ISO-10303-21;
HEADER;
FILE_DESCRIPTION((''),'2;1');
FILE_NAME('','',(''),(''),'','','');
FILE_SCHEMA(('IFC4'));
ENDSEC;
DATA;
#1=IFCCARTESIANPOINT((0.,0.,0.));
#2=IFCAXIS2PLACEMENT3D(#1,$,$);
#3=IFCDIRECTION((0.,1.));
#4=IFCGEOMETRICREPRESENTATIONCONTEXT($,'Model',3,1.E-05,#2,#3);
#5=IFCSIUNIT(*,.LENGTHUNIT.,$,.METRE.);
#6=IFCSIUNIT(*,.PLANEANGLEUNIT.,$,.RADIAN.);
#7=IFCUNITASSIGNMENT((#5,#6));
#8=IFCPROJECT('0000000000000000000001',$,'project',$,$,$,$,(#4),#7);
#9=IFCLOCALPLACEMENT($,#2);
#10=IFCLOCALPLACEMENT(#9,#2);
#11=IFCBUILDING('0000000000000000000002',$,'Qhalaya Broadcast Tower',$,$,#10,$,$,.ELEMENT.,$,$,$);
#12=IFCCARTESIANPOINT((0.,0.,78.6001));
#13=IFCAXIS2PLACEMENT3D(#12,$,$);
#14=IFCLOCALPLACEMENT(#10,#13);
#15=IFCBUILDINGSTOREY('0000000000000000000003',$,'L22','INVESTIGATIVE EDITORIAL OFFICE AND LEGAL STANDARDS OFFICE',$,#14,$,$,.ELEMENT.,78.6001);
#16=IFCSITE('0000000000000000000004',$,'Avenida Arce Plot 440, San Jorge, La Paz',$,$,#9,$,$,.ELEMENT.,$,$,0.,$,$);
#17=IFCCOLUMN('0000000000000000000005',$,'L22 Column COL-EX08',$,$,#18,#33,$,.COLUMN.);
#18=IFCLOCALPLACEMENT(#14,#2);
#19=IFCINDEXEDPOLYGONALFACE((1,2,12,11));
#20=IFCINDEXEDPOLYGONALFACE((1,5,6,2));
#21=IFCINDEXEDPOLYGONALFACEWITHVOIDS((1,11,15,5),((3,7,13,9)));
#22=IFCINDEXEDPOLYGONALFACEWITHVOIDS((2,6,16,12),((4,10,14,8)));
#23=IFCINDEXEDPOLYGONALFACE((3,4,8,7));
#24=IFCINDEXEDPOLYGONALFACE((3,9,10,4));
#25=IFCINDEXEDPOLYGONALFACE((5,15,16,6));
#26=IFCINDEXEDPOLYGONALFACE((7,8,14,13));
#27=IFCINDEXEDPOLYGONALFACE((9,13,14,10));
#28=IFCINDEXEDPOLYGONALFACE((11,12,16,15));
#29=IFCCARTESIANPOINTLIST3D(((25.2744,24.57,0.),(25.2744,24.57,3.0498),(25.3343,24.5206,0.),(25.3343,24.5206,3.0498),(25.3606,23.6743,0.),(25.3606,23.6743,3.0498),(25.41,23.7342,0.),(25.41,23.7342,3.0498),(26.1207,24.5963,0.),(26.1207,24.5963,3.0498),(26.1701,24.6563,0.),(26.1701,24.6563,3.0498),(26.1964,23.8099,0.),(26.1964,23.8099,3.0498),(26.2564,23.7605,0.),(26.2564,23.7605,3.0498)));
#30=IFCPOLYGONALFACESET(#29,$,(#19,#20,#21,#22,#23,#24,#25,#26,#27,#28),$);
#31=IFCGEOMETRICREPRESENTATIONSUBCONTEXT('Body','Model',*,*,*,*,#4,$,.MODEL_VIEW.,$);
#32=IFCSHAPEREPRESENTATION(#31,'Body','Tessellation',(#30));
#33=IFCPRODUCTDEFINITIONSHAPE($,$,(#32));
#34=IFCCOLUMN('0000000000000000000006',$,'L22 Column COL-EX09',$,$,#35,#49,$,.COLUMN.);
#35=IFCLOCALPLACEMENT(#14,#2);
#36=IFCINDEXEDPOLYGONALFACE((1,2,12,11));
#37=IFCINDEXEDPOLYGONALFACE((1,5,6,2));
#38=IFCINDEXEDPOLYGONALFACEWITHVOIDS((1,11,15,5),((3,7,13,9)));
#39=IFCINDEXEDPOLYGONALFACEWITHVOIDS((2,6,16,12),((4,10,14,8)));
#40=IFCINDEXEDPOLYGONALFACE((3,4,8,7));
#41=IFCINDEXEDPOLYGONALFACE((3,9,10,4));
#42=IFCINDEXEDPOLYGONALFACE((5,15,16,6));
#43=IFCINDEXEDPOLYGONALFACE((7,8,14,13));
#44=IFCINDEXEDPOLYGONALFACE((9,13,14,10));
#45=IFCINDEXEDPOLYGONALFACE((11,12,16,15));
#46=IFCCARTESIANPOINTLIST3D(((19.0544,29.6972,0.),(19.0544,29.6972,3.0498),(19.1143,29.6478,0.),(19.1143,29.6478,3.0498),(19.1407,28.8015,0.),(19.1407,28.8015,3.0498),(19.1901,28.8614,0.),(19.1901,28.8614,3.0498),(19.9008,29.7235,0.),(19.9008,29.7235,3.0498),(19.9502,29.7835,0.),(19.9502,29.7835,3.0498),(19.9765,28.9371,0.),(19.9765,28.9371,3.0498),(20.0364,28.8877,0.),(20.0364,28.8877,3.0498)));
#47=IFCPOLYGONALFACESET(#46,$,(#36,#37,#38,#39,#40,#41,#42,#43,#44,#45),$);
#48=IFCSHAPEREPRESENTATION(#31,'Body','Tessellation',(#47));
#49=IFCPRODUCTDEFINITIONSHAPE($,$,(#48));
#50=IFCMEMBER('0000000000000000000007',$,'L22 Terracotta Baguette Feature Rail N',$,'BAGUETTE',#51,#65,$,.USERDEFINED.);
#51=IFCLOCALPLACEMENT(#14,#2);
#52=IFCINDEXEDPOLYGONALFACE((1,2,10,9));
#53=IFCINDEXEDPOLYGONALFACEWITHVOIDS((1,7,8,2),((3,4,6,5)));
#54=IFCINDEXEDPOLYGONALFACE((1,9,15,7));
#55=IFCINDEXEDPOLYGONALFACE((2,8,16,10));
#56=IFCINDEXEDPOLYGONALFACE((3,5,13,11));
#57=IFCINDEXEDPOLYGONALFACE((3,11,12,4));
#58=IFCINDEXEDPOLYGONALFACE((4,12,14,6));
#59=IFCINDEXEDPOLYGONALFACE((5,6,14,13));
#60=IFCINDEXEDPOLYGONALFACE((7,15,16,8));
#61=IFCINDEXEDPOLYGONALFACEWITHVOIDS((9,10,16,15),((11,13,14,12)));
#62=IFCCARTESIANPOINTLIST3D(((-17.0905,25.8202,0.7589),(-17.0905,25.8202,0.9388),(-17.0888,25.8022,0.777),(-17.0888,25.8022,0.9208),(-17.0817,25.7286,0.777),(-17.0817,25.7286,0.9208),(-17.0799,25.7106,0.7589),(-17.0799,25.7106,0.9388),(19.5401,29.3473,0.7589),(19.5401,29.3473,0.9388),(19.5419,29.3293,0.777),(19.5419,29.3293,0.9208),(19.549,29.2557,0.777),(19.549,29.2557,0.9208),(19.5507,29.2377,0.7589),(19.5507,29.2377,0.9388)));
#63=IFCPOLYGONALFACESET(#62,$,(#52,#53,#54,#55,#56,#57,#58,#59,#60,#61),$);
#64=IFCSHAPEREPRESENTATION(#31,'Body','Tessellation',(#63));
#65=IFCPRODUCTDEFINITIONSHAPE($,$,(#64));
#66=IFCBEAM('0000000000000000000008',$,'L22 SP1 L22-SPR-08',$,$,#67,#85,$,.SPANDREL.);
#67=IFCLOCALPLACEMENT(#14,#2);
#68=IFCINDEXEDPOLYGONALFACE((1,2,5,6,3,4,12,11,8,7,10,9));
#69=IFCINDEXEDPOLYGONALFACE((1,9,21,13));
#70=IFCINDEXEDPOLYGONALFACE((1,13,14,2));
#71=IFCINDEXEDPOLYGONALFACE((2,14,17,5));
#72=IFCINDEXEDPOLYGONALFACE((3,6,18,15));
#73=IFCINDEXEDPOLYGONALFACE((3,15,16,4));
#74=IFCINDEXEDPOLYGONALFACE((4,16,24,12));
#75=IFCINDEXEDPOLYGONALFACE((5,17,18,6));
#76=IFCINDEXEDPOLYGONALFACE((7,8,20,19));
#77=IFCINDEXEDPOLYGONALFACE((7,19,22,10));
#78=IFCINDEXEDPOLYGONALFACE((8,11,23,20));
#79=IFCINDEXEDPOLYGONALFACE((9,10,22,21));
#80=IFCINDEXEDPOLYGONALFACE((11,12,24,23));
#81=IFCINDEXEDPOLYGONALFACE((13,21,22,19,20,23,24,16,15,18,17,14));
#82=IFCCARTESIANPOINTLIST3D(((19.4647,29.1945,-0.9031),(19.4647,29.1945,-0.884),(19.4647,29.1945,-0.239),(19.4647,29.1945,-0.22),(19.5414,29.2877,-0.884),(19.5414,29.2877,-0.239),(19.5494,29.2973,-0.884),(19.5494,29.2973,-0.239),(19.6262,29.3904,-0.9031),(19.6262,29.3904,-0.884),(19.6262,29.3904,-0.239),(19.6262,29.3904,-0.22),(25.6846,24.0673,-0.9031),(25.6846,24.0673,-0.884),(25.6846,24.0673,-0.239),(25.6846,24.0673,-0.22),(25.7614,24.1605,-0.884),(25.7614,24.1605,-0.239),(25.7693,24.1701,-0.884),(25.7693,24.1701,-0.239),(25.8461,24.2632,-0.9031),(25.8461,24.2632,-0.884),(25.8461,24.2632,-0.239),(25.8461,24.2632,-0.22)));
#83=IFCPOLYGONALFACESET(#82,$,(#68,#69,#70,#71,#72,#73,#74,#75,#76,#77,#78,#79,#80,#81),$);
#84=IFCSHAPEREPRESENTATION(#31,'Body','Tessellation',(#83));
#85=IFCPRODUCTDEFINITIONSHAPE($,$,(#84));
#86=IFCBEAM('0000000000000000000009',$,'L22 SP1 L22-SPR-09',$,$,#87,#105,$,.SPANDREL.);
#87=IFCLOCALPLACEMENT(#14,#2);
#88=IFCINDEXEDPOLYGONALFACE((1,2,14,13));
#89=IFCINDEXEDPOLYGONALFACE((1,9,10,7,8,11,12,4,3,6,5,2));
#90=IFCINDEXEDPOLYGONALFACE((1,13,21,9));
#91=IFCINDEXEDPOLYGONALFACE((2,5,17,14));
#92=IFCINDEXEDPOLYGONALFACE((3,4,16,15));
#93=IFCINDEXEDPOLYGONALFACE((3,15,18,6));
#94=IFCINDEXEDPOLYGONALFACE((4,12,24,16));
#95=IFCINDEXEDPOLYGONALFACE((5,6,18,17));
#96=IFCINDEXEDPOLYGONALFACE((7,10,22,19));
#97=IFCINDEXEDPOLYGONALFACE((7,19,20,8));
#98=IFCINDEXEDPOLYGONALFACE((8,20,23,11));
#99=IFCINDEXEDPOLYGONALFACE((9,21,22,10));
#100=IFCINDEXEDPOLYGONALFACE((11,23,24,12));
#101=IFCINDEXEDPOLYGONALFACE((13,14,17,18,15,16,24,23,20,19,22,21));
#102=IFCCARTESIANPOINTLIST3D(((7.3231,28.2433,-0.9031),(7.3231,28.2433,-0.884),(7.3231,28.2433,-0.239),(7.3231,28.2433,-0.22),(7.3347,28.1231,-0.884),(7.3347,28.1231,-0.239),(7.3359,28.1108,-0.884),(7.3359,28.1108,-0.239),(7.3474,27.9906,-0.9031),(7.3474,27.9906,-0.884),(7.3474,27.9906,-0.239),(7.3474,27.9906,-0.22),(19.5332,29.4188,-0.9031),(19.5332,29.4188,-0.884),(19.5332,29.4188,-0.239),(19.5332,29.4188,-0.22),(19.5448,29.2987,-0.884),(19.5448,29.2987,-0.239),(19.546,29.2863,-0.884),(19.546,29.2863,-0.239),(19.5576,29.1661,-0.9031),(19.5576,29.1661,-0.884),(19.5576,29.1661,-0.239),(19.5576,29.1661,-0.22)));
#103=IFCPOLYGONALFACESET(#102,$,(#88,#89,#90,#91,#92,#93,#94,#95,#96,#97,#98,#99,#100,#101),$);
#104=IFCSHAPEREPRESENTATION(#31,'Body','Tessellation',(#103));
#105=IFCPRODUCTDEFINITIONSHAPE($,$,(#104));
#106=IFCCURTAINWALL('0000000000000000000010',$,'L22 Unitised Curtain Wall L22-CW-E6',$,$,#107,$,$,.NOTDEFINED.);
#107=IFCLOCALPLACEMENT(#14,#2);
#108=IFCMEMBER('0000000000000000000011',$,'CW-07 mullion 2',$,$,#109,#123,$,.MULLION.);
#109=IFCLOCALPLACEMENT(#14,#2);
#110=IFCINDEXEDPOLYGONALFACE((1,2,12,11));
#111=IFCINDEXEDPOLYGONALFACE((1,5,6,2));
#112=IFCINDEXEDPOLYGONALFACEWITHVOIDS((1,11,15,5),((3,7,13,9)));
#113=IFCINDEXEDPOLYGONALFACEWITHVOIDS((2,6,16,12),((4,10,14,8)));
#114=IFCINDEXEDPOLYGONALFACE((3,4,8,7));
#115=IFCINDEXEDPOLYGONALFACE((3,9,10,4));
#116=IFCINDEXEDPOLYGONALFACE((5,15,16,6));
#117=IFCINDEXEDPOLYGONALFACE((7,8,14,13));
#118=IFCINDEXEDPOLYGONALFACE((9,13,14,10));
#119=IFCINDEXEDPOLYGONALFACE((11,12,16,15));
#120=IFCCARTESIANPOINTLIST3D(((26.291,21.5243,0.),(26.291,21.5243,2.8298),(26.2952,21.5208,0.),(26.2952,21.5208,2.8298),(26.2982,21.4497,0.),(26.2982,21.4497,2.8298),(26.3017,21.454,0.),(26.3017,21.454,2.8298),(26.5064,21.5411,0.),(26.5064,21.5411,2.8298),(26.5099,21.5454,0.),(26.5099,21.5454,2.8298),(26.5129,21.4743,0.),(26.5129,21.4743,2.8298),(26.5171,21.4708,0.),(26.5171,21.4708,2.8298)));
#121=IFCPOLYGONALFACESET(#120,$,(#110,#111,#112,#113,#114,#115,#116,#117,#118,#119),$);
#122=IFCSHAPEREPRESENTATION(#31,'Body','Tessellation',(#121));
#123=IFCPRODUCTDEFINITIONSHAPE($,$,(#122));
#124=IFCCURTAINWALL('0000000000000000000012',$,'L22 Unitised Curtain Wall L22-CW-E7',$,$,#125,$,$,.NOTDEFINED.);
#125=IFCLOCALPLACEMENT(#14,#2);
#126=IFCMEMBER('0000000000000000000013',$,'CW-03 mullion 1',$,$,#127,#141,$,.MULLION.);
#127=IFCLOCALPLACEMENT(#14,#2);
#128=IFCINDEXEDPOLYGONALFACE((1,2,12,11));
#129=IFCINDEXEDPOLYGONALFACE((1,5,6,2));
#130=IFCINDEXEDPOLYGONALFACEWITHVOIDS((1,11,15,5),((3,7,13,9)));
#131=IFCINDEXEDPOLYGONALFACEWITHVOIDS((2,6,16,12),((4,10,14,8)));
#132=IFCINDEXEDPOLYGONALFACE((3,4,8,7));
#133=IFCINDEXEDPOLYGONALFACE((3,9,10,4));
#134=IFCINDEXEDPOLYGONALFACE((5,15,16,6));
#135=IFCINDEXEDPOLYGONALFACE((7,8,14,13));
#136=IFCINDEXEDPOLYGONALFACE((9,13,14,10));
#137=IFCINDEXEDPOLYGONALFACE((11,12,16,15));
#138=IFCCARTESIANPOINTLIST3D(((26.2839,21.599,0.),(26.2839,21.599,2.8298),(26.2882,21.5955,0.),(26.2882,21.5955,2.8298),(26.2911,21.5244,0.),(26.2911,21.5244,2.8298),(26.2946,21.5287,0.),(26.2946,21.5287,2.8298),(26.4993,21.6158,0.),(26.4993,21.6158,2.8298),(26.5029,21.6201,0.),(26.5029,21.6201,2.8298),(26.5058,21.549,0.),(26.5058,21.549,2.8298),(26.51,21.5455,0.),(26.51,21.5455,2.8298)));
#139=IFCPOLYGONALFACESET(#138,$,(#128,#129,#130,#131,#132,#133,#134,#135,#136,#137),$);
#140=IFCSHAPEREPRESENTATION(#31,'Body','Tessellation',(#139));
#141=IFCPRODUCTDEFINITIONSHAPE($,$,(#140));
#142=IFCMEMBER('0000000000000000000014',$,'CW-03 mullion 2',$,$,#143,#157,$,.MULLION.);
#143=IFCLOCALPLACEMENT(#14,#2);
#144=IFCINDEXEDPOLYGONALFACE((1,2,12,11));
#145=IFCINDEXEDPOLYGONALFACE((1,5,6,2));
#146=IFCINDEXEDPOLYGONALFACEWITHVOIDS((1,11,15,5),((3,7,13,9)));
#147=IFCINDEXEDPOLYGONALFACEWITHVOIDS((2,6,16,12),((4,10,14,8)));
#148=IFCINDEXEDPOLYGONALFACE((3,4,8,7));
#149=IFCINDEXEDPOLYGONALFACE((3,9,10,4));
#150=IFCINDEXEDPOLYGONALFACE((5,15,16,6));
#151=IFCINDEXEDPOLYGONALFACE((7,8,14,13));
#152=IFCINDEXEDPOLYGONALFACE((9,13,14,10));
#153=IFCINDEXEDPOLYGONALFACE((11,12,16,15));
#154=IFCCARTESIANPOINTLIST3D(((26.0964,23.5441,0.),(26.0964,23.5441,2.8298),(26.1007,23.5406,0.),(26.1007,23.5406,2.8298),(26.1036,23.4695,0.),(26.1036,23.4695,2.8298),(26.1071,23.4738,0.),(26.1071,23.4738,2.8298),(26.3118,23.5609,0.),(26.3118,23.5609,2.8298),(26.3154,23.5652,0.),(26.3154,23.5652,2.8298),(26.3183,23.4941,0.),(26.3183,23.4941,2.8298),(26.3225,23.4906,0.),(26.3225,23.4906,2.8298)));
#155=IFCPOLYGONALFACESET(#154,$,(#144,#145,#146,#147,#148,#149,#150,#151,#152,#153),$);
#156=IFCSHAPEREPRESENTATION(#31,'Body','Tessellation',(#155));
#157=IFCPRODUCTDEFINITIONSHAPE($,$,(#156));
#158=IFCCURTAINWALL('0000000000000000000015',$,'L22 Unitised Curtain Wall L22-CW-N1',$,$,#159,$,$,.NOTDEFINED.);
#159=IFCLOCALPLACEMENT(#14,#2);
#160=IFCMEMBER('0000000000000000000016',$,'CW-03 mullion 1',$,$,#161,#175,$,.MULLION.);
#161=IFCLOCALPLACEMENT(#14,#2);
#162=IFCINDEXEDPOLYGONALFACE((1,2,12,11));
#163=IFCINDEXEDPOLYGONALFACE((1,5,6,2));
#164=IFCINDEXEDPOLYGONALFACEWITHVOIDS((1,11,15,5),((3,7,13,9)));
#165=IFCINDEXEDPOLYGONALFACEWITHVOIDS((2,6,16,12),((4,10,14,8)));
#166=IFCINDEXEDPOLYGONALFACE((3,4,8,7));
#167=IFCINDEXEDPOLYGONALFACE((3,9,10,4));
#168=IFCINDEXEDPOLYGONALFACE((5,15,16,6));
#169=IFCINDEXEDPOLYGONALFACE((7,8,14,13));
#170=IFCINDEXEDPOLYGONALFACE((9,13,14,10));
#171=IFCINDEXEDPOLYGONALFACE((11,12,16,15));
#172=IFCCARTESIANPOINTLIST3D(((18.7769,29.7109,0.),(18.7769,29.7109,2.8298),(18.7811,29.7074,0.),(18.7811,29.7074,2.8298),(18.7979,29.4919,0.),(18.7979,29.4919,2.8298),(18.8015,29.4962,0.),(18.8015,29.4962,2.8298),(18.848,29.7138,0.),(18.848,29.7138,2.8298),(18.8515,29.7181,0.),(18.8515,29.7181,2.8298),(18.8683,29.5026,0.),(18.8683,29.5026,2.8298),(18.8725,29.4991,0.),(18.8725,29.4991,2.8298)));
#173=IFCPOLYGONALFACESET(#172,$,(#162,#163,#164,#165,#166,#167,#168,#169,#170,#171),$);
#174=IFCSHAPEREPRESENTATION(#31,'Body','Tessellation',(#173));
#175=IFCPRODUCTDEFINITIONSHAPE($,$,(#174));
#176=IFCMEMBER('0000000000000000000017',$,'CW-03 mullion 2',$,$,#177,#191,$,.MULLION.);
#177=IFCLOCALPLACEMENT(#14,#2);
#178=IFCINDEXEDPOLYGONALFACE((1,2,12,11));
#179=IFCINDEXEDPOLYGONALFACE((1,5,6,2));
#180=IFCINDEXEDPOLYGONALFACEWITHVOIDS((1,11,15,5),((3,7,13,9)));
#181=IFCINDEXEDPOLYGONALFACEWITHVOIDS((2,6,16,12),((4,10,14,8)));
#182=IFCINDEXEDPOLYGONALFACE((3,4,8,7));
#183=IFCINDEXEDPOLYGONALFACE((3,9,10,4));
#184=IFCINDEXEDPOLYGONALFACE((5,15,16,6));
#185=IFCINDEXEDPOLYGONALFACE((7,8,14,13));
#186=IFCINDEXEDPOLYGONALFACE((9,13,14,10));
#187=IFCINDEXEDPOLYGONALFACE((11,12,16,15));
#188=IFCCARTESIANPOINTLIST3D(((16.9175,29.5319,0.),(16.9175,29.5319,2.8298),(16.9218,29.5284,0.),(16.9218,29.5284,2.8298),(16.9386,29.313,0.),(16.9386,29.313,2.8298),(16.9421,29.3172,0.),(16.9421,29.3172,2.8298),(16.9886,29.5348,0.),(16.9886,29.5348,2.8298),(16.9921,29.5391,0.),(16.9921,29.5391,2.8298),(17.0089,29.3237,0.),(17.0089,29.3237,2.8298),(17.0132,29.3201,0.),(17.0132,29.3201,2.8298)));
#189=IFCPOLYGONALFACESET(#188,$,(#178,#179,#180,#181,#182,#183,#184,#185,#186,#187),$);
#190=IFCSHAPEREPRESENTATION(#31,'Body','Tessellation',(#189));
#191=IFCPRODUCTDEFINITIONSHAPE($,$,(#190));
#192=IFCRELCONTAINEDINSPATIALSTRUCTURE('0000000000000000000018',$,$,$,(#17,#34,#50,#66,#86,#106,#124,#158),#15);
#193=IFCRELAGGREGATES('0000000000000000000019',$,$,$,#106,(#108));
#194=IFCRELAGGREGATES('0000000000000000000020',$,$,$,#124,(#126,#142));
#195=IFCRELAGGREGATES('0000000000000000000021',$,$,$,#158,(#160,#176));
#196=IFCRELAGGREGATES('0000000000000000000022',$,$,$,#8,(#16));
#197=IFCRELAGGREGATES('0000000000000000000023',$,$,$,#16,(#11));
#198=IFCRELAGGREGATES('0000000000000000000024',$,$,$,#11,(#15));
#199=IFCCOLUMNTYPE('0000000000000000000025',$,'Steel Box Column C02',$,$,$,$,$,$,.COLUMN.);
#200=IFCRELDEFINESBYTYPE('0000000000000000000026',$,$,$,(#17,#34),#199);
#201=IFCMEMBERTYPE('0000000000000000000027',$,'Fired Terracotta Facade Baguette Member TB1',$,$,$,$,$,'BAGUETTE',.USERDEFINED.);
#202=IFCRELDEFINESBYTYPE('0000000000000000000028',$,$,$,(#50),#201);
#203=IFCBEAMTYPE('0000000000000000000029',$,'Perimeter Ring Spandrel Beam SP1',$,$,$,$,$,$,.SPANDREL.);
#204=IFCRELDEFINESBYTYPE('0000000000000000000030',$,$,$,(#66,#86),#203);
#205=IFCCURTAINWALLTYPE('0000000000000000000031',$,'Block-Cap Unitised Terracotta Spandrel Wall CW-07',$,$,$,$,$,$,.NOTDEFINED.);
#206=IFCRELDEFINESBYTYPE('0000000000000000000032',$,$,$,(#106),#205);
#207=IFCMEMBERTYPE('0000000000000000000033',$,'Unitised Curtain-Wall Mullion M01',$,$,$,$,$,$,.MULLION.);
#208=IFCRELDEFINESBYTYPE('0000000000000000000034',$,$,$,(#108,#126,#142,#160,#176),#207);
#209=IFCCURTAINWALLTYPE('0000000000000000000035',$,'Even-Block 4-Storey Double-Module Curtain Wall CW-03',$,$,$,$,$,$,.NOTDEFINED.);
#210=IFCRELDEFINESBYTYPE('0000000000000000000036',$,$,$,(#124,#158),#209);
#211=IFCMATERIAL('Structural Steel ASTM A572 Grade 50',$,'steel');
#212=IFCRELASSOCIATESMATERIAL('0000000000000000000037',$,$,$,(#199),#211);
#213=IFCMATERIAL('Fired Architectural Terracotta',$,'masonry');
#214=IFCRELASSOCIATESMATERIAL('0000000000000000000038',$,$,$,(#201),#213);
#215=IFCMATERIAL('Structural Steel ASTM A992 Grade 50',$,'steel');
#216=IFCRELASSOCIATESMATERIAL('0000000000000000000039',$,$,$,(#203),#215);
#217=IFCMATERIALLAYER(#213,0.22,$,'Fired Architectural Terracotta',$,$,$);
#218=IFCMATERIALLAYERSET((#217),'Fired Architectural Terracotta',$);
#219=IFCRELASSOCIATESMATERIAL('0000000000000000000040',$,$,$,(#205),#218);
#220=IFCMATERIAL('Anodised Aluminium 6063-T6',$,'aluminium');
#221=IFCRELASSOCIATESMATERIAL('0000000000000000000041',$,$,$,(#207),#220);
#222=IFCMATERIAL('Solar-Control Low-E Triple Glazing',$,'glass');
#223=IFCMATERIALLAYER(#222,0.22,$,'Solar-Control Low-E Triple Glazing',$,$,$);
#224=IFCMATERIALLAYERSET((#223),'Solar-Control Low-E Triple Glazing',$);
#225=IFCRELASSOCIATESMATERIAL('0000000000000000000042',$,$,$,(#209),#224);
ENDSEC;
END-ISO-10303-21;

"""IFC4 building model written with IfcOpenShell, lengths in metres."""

from ifc_helpers import new_model, si_unit, direction, frame, origin, origin_2d, place, context, subcontext, project, spatial, hollow_rectangle, i_section, extrude, material, layer, layer_set, material_profile, profile_set, type_object, element, aggregate, save


model = new_model("IFC4")

# Units and contexts
model_context = context("Model", 3, precision=1e-05, world=origin(), true_north=direction((0.0, 1.0)))
body_context = subcontext(model_context, "Body", "Model", "MODEL_VIEW")
ifc_project = project(units=[si_unit("LENGTHUNIT", "METRE"), si_unit("PLANEANGLEUNIT", "RADIAN")], contexts=[model_context])

# Site, building, storey
site_placement = place(None, origin())
site = spatial("IfcSite", under=ifc_project, at=site_placement, Name="Avenida Arce Plot 440, San Jorge, La Paz", CompositionType="ELEMENT", RefElevation=0.0)
building_placement = place(site_placement, origin())
building = spatial("IfcBuilding", under=site, at=building_placement, Name="Qhalaya Broadcast Tower", CompositionType="ELEMENT")
storey_placement = place(building_placement, frame((0.0, 0.0, 78.6001)))
storey = spatial("IfcBuildingStorey", under=building, at=storey_placement, Name="L22", Description="INVESTIGATIVE EDITORIAL OFFICE AND LEGAL STANDARDS OFFICE", CompositionType="ELEMENT", Elevation=78.6001)

# Columns
ifc_material_1 = material(Name="Structural Steel ASTM A572 Grade 50", Category="steel")
ifc_material_profile_1 = material_profile(ifc_material_1, hollow_rectangle(XDim=0.8999, YDim=0.8999, WallThickness=0.0549, at=origin_2d()), Name="BOX 900x900x55")
ifc_profile_set_1 = profile_set([ifc_material_profile_1], Name="Structural Steel ASTM A572 Grade 50")
column_type = type_object("IfcColumnType", Name="Steel Box Column C02", PredefinedType="COLUMN", material=ifc_profile_set_1)
for number, where, z_axis, x_axis, name in (
    (1, (25.7654, 24.1653, 0.0), (0.0, 0.0, 1.0), (-0.095846, 0.995396, 0.0), "L22 Column COL-EX08"),
    (2, (19.5454, 29.2925, 0.0), (0.0, 0.0, 1.0), (0.995396, 0.095846, 0.0), "L22 Column COL-EX09"),
):
    element("IfcColumn", number, at=place(storey_placement, frame(where, z_axis=z_axis, x_axis=x_axis)), inside=storey, type_object=column_type, Name=name, PredefinedType="COLUMN", context=body_context, shape_type="SweptSolid", body=[
        extrude(hollow_rectangle(XDim=0.8999, YDim=0.8999, WallThickness=0.0549, at=origin_2d()), origin(), (0.0, 0.0, 1.0), 3.0498),
    ])

# Member
ifc_material_2 = material(Name="Fired Architectural Terracotta", Category="masonry")
ifc_material_profile_2 = material_profile(ifc_material_2, hollow_rectangle(XDim=0.1101, YDim=0.1799, WallThickness=0.0181, at=origin_2d()), Name="TB-BAG 110x180x18")
ifc_profile_set_2 = profile_set([ifc_material_profile_2], Name="Fired Architectural Terracotta")
member_type_1 = type_object("IfcMemberType", Name="Fired Terracotta Facade Baguette Member TB1", ElementType="BAGUETTE", PredefinedType="USERDEFINED", material=ifc_profile_set_2)
member_1_placement = place(storey_placement, frame((19.5454, 29.2925, 0.8489), z_axis=(-0.995396, -0.095845, 0.0), x_axis=(0.095845, -0.995396, 0.0)))
element("IfcMember", 3, at=member_1_placement, inside=storey, type_object=member_type_1, Name="L22 Terracotta Baguette Feature Rail N", ObjectType="BAGUETTE", PredefinedType="USERDEFINED", context=body_context, shape_type="SweptSolid", body=[
    extrude(hollow_rectangle(XDim=0.1101, YDim=0.1799, WallThickness=0.0181, at=origin_2d()), origin(), (0.0, 0.0, 1.0), 36.8),
])

# Beams
ifc_material_3 = material(Name="Structural Steel ASTM A992 Grade 50", Category="steel")
ifc_material_profile_3 = material_profile(ifc_material_3, i_section(OverallWidth=0.2539, OverallDepth=0.6831, WebThickness=0.0125, FlangeThickness=0.019, at=origin_2d()), Name="W27X94")
ifc_profile_set_3 = profile_set([ifc_material_profile_3], Name="Structural Steel ASTM A992 Grade 50")
beam_type = type_object("IfcBeamType", Name="Perimeter Ring Spandrel Beam SP1", PredefinedType="SPANDREL", material=ifc_profile_set_3)
beam_1_placement = place(storey_placement, frame((25.7654, 24.1653, -0.5615), z_axis=(-0.771634, 0.636067, 0.0), x_axis=(-0.636067, -0.771634, 0.0)))
element("IfcBeam", 4, at=beam_1_placement, inside=storey, type_object=beam_type, Name="L22 SP1 L22-SPR-08", PredefinedType="SPANDREL", context=body_context, shape_type="SweptSolid", body=[
    extrude(i_section(OverallWidth=0.2539, OverallDepth=0.6831, WebThickness=0.0125, FlangeThickness=0.019, at=origin_2d()), origin(), (0.0, 0.0, 1.0), 8.0608),
])
beam_2_placement = place(storey_placement, frame((19.5454, 29.2925, -0.5615), z_axis=(-0.995398, -0.095832, 0.0), x_axis=(0.095832, -0.995398, 0.0)))
element("IfcBeam", 5, at=beam_2_placement, inside=storey, type_object=beam_type, Name="L22 SP1 L22-SPR-09", PredefinedType="SPANDREL", context=body_context, shape_type="SweptSolid", body=[
    extrude(i_section(OverallWidth=0.2539, OverallDepth=0.6831, WebThickness=0.0125, FlangeThickness=0.019, at=origin_2d()), origin(), (0.0, 0.0, 1.0), 12.2666),
])

# Curtain wall, member
ifc_layer_1 = layer(ifc_material_2, 0.22, Name="Fired Architectural Terracotta")
ifc_layer_set_1 = layer_set([ifc_layer_1], Name="Fired Architectural Terracotta")
curtain_wall_type_1 = type_object("IfcCurtainWallType", Name="Block-Cap Unitised Terracotta Spandrel Wall CW-07", PredefinedType="NOTDEFINED", material=ifc_layer_set_1)
curtain_wall_1_placement = place(storey_placement, origin())
curtain_wall_1 = element("IfcCurtainWall", 6, at=curtain_wall_1_placement, inside=storey, type_object=curtain_wall_type_1, Name="L22 Unitised Curtain Wall L22-CW-E6", PredefinedType="NOTDEFINED")
ifc_material_4 = material(Name="Anodised Aluminium 6063-T6", Category="aluminium")
ifc_material_profile_4 = material_profile(ifc_material_4, hollow_rectangle(XDim=0.075, YDim=0.22, WallThickness=0.0039, at=origin_2d()), Name="ALU-MUL 75x220x4")
ifc_profile_set_4 = profile_set([ifc_material_profile_4], Name="Anodised Aluminium 6063-T6")
member_type_2 = type_object("IfcMemberType", Name="Unitised Curtain-Wall Mullion M01", PredefinedType="MULLION", material=ifc_profile_set_4)
member_2_placement = place(storey_placement, frame((26.4041, 21.4976, 0.0), z_axis=(0.0, 0.0, 1.0), x_axis=(-0.095842, 0.995397, 0.0)))
member_2 = element("IfcMember", 7, at=member_2_placement, type_object=member_type_2, Name="CW-07 mullion 2", PredefinedType="MULLION", context=body_context, shape_type="SweptSolid", body=[
    extrude(hollow_rectangle(XDim=0.075, YDim=0.22, WallThickness=0.0039, at=origin_2d()), origin(), (0.0, 0.0, 1.0), 2.8298),
])
aggregate(curtain_wall_1, [member_2])

# Curtain walls, members
ifc_material_5 = material(Name="Solar-Control Low-E Triple Glazing", Category="glass")
ifc_layer_2 = layer(ifc_material_5, 0.22, Name="Solar-Control Low-E Triple Glazing")
ifc_layer_set_2 = layer_set([ifc_layer_2], Name="Solar-Control Low-E Triple Glazing")
curtain_wall_type_2 = type_object("IfcCurtainWallType", Name="Even-Block 4-Storey Double-Module Curtain Wall CW-03", PredefinedType="NOTDEFINED", material=ifc_layer_set_2)
curtain_wall_2_placement = place(storey_placement, origin())
curtain_wall_2 = element("IfcCurtainWall", 8, at=curtain_wall_2_placement, inside=storey, type_object=curtain_wall_type_2, Name="L22 Unitised Curtain Wall L22-CW-E7", PredefinedType="NOTDEFINED")
member_3_placement = place(storey_placement, frame((26.397, 21.5723, 0.0), z_axis=(0.0, 0.0, 1.0), x_axis=(-0.095858, 0.995395, 0.0)))
member_3 = element("IfcMember", 9, at=member_3_placement, type_object=member_type_2, Name="CW-03 mullion 1", PredefinedType="MULLION", context=body_context, shape_type="SweptSolid", body=[
    extrude(hollow_rectangle(XDim=0.075, YDim=0.22, WallThickness=0.0039, at=origin_2d()), origin(), (0.0, 0.0, 1.0), 2.8298),
])
member_4_placement = place(storey_placement, frame((26.2095, 23.5173, 0.0), z_axis=(0.0, 0.0, 1.0), x_axis=(-0.095858, 0.995395, 0.0)))
member_4 = element("IfcMember", 10, at=member_4_placement, type_object=member_type_2, Name="CW-03 mullion 2", PredefinedType="MULLION", context=body_context, shape_type="SweptSolid", body=[
    extrude(hollow_rectangle(XDim=0.075, YDim=0.22, WallThickness=0.0039, at=origin_2d()), origin(), (0.0, 0.0, 1.0), 2.8298),
])
curtain_wall_3_placement = place(storey_placement, origin())
curtain_wall_3 = element("IfcCurtainWall", 11, at=curtain_wall_3_placement, inside=storey, type_object=curtain_wall_type_2, Name="L22 Unitised Curtain Wall L22-CW-N1", PredefinedType="NOTDEFINED")
member_5_placement = place(storey_placement, frame((18.8247, 29.605, 0.0), z_axis=(0.0, 0.0, 1.0), x_axis=(-0.995398, -0.095829, 0.0)))
member_5 = element("IfcMember", 12, at=member_5_placement, type_object=member_type_2, Name="CW-03 mullion 1", PredefinedType="MULLION", context=body_context, shape_type="SweptSolid", body=[
    extrude(hollow_rectangle(XDim=0.075, YDim=0.22, WallThickness=0.0039, at=origin_2d()), origin(), (0.0, 0.0, 1.0), 2.8298),
])
member_6_placement = place(storey_placement, frame((16.9653, 29.426, 0.0), z_axis=(0.0, 0.0, 1.0), x_axis=(-0.995398, -0.095829, 0.0)))
member_6 = element("IfcMember", 13, at=member_6_placement, type_object=member_type_2, Name="CW-03 mullion 2", PredefinedType="MULLION", context=body_context, shape_type="SweptSolid", body=[
    extrude(hollow_rectangle(XDim=0.075, YDim=0.22, WallThickness=0.0039, at=origin_2d()), origin(), (0.0, 0.0, 1.0), 2.8298),
])

aggregate(curtain_wall_2, [member_3, member_4])
aggregate(curtain_wall_3, [member_5, member_6])

save(model, "model.ifc")
